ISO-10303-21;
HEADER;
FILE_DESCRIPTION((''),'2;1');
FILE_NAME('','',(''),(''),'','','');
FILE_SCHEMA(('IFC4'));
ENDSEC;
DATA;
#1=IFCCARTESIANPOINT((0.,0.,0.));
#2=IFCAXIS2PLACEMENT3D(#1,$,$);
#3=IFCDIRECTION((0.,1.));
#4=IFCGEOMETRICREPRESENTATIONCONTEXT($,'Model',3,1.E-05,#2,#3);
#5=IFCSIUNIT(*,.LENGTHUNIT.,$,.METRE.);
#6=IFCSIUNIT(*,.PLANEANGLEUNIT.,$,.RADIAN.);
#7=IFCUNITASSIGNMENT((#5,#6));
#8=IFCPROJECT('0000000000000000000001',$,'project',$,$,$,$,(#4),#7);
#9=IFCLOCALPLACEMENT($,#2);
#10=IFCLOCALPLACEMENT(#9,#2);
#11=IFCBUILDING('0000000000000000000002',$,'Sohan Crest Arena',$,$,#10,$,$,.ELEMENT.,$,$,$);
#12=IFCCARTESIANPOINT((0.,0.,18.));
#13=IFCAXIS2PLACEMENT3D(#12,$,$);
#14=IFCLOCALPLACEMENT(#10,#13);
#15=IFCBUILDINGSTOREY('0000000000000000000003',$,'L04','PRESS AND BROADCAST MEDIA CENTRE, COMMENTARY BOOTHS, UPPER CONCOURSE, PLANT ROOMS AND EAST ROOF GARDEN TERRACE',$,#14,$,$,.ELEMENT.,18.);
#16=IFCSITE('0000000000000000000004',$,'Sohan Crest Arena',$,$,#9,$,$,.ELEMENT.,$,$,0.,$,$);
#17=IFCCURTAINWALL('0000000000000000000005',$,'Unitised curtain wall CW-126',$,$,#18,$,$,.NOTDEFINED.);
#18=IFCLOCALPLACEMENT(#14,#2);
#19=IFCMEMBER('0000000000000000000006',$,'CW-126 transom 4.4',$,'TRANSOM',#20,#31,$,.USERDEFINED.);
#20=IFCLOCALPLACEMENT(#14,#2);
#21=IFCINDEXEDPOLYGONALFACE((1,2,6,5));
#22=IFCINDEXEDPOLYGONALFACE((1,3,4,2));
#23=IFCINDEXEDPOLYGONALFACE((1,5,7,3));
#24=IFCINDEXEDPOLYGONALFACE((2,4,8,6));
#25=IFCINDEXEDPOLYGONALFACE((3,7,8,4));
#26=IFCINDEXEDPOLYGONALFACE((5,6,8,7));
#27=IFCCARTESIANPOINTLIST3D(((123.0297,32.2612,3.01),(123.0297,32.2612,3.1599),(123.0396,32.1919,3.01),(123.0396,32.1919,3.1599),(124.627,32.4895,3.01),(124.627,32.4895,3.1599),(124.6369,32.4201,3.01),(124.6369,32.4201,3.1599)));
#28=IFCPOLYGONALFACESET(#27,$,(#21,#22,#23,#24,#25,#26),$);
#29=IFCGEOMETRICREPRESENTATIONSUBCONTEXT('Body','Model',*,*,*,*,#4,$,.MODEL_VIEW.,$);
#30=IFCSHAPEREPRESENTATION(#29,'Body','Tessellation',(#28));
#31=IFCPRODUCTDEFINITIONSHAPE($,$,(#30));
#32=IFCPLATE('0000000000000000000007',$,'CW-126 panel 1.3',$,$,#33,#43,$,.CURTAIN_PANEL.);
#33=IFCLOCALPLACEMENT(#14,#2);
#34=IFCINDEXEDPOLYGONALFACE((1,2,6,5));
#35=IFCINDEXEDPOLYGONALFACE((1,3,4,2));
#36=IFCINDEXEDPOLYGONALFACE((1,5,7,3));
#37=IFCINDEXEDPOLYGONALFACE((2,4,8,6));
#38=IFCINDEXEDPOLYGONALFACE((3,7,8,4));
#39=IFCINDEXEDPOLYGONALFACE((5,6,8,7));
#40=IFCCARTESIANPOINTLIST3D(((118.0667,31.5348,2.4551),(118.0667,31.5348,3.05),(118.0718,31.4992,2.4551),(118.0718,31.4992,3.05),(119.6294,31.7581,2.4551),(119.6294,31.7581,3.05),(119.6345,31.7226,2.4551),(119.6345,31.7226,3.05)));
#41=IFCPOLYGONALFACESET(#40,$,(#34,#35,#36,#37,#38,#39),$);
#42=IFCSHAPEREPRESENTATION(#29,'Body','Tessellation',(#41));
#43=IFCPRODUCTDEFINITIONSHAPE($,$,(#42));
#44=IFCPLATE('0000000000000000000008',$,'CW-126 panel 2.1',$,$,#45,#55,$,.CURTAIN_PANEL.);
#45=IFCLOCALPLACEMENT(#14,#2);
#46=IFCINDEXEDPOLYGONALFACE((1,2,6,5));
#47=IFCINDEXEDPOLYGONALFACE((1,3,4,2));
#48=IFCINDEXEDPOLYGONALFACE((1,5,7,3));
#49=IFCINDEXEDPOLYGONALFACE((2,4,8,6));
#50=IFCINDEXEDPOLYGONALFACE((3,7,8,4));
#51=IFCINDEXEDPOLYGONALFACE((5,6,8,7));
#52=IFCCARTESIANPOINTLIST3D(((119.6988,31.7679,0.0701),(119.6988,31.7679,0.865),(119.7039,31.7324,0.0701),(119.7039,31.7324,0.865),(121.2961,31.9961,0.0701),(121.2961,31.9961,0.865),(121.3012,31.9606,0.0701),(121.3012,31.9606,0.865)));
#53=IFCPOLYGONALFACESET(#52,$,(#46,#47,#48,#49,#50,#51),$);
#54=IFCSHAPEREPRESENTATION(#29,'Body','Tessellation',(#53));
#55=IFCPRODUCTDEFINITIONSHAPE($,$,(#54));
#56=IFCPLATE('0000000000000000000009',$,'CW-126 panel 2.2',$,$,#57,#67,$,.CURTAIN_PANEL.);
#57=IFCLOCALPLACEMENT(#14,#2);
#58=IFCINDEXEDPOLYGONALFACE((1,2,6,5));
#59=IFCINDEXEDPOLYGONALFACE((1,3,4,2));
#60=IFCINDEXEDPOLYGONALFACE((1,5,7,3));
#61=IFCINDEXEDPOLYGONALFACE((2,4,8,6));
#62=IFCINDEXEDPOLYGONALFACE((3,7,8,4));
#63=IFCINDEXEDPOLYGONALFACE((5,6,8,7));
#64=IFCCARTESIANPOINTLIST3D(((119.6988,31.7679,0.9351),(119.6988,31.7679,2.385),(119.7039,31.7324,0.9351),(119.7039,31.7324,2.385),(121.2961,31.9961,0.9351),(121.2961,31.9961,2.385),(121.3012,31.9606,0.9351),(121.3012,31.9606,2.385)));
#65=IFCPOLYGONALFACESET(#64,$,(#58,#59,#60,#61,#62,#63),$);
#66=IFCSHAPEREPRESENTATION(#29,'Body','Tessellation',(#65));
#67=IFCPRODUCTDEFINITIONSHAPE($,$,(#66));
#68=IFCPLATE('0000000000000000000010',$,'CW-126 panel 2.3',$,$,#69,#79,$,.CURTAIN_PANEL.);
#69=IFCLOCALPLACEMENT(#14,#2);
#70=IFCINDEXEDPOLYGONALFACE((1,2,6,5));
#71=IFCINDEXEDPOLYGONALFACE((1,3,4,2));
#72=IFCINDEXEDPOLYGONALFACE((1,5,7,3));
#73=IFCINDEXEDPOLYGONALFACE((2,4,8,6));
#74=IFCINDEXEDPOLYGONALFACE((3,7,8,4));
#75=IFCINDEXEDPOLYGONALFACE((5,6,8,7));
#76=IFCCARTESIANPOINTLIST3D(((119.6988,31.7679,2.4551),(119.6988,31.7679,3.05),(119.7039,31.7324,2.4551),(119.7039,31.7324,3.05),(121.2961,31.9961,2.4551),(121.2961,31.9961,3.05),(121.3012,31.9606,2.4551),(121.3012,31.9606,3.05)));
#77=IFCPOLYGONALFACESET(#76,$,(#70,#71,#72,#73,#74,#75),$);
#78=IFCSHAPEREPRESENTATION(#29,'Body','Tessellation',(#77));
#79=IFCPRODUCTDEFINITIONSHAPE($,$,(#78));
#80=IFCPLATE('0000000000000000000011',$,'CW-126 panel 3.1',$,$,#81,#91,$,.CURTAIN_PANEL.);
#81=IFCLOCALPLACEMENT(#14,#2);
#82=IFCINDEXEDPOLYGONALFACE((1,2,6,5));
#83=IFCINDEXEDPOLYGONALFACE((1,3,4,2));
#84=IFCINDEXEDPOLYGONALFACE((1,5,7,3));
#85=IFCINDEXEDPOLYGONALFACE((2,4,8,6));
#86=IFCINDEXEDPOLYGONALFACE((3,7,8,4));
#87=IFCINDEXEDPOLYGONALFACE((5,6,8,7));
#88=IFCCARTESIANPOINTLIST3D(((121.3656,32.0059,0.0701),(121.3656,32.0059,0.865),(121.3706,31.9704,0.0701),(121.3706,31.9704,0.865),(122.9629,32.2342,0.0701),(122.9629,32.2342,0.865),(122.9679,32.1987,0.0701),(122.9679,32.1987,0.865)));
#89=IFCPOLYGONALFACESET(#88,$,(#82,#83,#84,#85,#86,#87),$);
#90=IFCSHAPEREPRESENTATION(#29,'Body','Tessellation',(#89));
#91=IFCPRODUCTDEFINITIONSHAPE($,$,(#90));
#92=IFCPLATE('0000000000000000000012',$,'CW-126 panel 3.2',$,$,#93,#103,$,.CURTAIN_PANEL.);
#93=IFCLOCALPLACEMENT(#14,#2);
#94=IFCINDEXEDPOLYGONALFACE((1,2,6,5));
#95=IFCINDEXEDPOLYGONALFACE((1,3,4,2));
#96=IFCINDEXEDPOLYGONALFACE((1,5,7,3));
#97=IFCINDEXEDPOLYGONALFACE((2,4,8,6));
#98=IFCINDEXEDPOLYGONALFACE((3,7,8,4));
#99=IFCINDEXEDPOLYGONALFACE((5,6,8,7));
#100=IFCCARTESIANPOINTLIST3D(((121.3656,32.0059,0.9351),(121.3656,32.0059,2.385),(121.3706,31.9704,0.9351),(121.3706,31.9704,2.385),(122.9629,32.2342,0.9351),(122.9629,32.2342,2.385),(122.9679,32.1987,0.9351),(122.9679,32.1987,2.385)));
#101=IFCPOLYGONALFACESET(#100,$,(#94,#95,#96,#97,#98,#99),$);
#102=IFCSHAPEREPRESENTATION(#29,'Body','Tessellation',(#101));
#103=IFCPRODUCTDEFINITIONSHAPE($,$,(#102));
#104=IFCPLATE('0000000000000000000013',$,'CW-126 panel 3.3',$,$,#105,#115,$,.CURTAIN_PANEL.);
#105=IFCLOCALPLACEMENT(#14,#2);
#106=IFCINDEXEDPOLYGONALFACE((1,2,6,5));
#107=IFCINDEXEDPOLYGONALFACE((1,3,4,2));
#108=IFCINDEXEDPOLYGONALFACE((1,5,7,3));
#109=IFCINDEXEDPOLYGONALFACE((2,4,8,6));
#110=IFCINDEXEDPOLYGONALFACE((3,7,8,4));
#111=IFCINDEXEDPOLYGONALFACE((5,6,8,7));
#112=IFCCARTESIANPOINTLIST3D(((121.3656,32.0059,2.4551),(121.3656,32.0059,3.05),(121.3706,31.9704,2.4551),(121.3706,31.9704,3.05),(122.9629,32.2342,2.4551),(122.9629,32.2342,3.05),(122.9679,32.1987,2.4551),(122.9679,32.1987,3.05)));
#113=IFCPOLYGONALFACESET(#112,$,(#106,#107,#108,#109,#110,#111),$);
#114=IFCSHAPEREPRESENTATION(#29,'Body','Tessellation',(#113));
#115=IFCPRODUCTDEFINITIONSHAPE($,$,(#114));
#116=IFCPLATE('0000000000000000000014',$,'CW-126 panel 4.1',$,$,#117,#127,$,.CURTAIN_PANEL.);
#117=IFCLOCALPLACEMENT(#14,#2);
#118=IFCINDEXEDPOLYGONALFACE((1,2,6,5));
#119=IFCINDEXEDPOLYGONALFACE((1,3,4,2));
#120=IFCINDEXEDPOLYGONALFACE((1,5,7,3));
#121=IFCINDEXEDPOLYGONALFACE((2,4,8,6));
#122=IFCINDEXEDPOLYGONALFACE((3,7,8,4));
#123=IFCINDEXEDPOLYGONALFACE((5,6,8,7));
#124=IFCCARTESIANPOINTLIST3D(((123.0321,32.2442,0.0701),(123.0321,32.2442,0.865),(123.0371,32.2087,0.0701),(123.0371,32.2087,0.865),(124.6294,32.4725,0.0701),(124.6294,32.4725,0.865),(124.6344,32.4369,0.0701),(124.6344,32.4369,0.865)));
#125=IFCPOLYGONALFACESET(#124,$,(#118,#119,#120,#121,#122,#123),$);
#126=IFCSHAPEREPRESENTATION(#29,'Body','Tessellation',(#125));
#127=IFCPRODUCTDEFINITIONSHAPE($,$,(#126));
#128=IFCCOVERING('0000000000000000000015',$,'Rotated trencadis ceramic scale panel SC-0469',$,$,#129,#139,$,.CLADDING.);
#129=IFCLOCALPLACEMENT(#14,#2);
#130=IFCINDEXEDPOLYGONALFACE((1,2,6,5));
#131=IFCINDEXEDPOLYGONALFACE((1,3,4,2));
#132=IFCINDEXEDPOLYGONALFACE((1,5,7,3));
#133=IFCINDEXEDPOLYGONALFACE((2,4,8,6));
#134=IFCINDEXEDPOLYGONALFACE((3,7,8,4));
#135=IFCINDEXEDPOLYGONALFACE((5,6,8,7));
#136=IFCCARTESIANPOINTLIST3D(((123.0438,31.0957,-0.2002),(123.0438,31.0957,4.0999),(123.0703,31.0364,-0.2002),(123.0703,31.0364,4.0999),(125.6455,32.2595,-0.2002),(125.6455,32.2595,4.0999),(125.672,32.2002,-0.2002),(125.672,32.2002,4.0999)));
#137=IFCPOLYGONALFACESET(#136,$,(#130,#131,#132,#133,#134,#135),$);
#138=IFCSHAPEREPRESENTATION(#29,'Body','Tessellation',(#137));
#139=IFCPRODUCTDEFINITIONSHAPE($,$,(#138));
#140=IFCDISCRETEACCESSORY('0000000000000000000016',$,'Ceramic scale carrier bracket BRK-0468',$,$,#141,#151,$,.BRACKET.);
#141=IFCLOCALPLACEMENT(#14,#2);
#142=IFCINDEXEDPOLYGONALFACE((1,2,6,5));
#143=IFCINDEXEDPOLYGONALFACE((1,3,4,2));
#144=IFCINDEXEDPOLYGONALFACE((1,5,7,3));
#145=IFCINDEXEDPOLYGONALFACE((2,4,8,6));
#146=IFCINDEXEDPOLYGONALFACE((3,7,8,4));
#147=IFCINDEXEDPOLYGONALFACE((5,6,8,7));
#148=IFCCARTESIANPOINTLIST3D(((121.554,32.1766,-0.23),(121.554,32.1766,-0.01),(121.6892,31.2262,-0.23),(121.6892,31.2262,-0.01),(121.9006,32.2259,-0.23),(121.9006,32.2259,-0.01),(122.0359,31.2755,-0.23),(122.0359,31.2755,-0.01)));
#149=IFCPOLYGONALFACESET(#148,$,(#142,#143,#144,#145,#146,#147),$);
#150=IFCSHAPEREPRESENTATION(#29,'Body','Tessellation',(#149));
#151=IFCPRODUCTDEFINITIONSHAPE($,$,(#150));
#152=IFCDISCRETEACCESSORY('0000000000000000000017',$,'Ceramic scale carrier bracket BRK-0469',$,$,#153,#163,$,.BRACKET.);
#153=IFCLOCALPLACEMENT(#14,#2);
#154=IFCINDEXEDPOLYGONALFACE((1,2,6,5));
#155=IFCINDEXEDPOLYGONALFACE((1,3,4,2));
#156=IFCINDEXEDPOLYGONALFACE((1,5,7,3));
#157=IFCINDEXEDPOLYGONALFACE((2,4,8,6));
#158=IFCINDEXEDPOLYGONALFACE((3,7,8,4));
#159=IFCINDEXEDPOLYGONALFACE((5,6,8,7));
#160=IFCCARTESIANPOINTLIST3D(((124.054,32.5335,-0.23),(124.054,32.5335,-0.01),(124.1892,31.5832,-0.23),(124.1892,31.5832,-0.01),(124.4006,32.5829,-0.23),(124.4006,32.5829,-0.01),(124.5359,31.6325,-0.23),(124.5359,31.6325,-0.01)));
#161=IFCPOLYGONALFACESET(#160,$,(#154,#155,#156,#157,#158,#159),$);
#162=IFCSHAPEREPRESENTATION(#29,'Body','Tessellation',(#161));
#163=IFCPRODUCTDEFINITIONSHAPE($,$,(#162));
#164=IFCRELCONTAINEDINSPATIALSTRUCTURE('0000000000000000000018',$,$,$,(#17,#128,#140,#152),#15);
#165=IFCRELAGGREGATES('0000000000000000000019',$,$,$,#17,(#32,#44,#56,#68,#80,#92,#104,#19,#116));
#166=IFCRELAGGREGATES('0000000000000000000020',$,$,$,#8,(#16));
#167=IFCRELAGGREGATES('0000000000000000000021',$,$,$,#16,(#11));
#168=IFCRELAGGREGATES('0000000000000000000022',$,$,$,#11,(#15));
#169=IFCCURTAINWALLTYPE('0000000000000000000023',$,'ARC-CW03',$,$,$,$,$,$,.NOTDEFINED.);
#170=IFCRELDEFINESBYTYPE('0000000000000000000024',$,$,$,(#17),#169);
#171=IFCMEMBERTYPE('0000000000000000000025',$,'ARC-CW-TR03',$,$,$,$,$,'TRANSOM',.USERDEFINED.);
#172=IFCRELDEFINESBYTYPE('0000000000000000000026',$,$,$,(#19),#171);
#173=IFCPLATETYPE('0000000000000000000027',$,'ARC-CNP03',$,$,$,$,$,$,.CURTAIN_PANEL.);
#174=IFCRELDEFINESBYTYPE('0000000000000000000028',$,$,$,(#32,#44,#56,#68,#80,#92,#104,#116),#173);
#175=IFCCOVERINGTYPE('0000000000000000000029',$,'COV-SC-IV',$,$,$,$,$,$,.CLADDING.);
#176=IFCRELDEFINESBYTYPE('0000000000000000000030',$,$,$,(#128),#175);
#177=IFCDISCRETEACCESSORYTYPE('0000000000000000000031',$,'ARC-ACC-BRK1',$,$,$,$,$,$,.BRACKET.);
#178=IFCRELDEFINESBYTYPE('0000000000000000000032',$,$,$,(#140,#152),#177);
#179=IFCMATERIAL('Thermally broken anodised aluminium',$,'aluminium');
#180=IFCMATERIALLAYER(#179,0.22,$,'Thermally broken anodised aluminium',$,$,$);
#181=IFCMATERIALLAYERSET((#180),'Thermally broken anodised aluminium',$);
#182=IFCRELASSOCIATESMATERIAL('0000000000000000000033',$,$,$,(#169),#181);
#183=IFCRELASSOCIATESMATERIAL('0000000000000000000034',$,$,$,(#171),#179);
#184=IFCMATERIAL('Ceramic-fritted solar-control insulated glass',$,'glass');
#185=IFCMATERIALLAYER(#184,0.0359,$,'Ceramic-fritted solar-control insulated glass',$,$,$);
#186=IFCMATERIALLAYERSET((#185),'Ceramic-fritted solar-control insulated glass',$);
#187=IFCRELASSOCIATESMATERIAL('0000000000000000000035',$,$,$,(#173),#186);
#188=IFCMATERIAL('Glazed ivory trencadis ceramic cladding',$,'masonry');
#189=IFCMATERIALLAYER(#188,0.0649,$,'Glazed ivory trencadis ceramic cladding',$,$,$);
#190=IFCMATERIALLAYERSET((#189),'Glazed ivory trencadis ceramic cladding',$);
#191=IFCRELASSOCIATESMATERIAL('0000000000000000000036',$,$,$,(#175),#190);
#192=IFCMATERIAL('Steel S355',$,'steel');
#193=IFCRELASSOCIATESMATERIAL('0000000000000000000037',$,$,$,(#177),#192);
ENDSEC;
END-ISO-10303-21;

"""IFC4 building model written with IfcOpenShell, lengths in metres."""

from ifc_helpers import new_model, si_unit, direction, frame, origin, origin_2d, place, context, subcontext, project, spatial, rectangle, extrude, material, layer, layer_set, material_profile, profile_set, type_object, element, aggregate, save


model = new_model("IFC4")

# Units and contexts
model_context = context("Model", 3, precision=1e-05, world=origin(), true_north=direction((0.0, 1.0)))
body_context = subcontext(model_context, "Body", "Model", "MODEL_VIEW")
ifc_project = project(units=[si_unit("LENGTHUNIT", "METRE"), si_unit("PLANEANGLEUNIT", "RADIAN")], contexts=[model_context])

# Site, building, storey
site_placement = place(None, origin())
site = spatial("IfcSite", under=ifc_project, at=site_placement, Name="Sohan Crest Arena", CompositionType="ELEMENT", RefElevation=0.0)
building_placement = place(site_placement, origin())
building = spatial("IfcBuilding", under=site, at=building_placement, Name="Sohan Crest Arena", CompositionType="ELEMENT")
storey_placement = place(building_placement, frame((0.0, 0.0, 18.0)))
storey = spatial("IfcBuildingStorey", under=building, at=storey_placement, Name="L04", Description="PRESS AND BROADCAST MEDIA CENTRE, COMMENTARY BOOTHS, UPPER CONCOURSE, PLANT ROOMS AND EAST ROOF GARDEN TERRACE", CompositionType="ELEMENT", Elevation=18.0)

# Curtain wall, member, plates
ifc_material_1 = material(Name="Thermally broken anodised aluminium", Category="aluminium")
ifc_layer_1 = layer(ifc_material_1, 0.22, Name="Thermally broken anodised aluminium")
ifc_layer_set_1 = layer_set([ifc_layer_1], Name="Thermally broken anodised aluminium")
curtain_wall_type = type_object("IfcCurtainWallType", Name="ARC-CW03", PredefinedType="NOTDEFINED", material=ifc_layer_set_1)
curtain_wall_placement = place(storey_placement, origin())
curtain_wall = element("IfcCurtainWall", 1, at=curtain_wall_placement, inside=storey, type_object=curtain_wall_type, Name="Unitised curtain wall CW-126", PredefinedType="NOTDEFINED")
ifc_material_profile_1 = material_profile(ifc_material_1, rectangle(XDim=0.0701, YDim=0.1499, at=origin_2d()), Name="ALU-TRAN 70x150")
ifc_profile_set_1 = profile_set([ifc_material_profile_1], Name="Thermally broken anodised aluminium")
member_type_1 = type_object("IfcMemberType", Name="ARC-CW-TR03", ElementType="TRANSOM", PredefinedType="USERDEFINED", material=ifc_profile_set_1)
member_1_placement = place(storey_placement, frame((123.0347, 32.2266, 3.085), z_axis=(0.989943, 0.141464, 0.0), x_axis=(-0.141464, 0.989943, 0.0)))
member_1 = element("IfcMember", 2, at=member_1_placement, type_object=member_type_1, Name="CW-126 transom 4.4", ObjectType="TRANSOM", PredefinedType="USERDEFINED", context=body_context, shape_type="SweptSolid", body=[
    extrude(rectangle(XDim=0.0701, YDim=0.1499, at=origin_2d()), origin(), (0.0, 0.0, 1.0), 1.6135),
])
ifc_material_2 = material(Name="Ceramic-fritted solar-control insulated glass", Category="glass")
ifc_layer_2 = layer(ifc_material_2, 0.0359, Name="Ceramic-fritted solar-control insulated glass")
ifc_layer_set_2 = layer_set([ifc_layer_2], Name="Ceramic-fritted solar-control insulated glass")
plate_type = type_object("IfcPlateType", Name="ARC-CNP03", PredefinedType="CURTAIN_PANEL", material=ifc_layer_set_2)
plate_1_placement = place(storey_placement, frame((118.8506, 31.6287, 2.4551), z_axis=(0.0, 0.0, 1.0), x_axis=(0.989944, 0.141463, 0.0)))
plate_1 = element("IfcPlate", 3, at=plate_1_placement, type_object=plate_type, Name="CW-126 panel 1.3", PredefinedType="CURTAIN_PANEL", context=body_context, shape_type="SweptSolid", body=[
    extrude(rectangle(XDim=1.5786, YDim=0.0359, at=origin_2d()), origin(), (0.0, 0.0, 1.0), 0.595),
])
plate_2_placement = place(storey_placement, frame((120.5, 31.8643, 0.0701), z_axis=(0.0, 0.0, 1.0), x_axis=(0.989944, 0.141463, 0.0)))
plate_2 = element("IfcPlate", 4, at=plate_2_placement, type_object=plate_type, Name="CW-126 panel 2.1", PredefinedType="CURTAIN_PANEL", context=body_context, shape_type="SweptSolid", body=[
    extrude(rectangle(XDim=1.6135, YDim=0.0359, at=origin_2d()), origin(), (0.0, 0.0, 1.0), 0.7949),
])
plate_3_placement = place(storey_placement, frame((120.5, 31.8643, 0.9351), z_axis=(0.0, 0.0, 1.0), x_axis=(0.989944, 0.141463, 0.0)))
plate_3 = element("IfcPlate", 5, at=plate_3_placement, type_object=plate_type, Name="CW-126 panel 2.2", PredefinedType="CURTAIN_PANEL", context=body_context, shape_type="SweptSolid", body=[
    extrude(rectangle(XDim=1.6135, YDim=0.0359, at=origin_2d()), origin(), (0.0, 0.0, 1.0), 1.45),
])
plate_4_placement = place(storey_placement, frame((120.5, 31.8643, 2.4551), z_axis=(0.0, 0.0, 1.0), x_axis=(0.989944, 0.141463, 0.0)))
plate_4 = element("IfcPlate", 6, at=plate_4_placement, type_object=plate_type, Name="CW-126 panel 2.3", PredefinedType="CURTAIN_PANEL", context=body_context, shape_type="SweptSolid", body=[
    extrude(rectangle(XDim=1.6135, YDim=0.0359, at=origin_2d()), origin(), (0.0, 0.0, 1.0), 0.595),
])
plate_5_placement = place(storey_placement, frame((122.1667, 32.1023, 0.0701), z_axis=(0.0, 0.0, 1.0), x_axis=(0.989944, 0.141463, 0.0)))
plate_5 = element("IfcPlate", 7, at=plate_5_placement, type_object=plate_type, Name="CW-126 panel 3.1", PredefinedType="CURTAIN_PANEL", context=body_context, shape_type="SweptSolid", body=[
    extrude(rectangle(XDim=1.6135, YDim=0.0359, at=origin_2d()), origin(), (0.0, 0.0, 1.0), 0.7949),
])
plate_6_placement = place(storey_placement, frame((122.1667, 32.1023, 0.9351), z_axis=(0.0, 0.0, 1.0), x_axis=(0.989944, 0.141463, 0.0)))
plate_6 = element("IfcPlate", 8, at=plate_6_placement, type_object=plate_type, Name="CW-126 panel 3.2", PredefinedType="CURTAIN_PANEL", context=body_context, shape_type="SweptSolid", body=[
    extrude(rectangle(XDim=1.6135, YDim=0.0359, at=origin_2d()), origin(), (0.0, 0.0, 1.0), 1.45),
])
plate_7_placement = place(storey_placement, frame((122.1667, 32.1023, 2.4551), z_axis=(0.0, 0.0, 1.0), x_axis=(0.989944, 0.141463, 0.0)))
plate_7 = element("IfcPlate", 9, at=plate_7_placement, type_object=plate_type, Name="CW-126 panel 3.3", PredefinedType="CURTAIN_PANEL", context=body_context, shape_type="SweptSolid", body=[
    extrude(rectangle(XDim=1.6135, YDim=0.0359, at=origin_2d()), origin(), (0.0, 0.0, 1.0), 0.595),
])
plate_8_placement = place(storey_placement, frame((123.8333, 32.3406, 0.0701), z_axis=(0.0, 0.0, 1.0), x_axis=(0.989944, 0.141463, 0.0)))
plate_8 = element("IfcPlate", 10, at=plate_8_placement, type_object=plate_type, Name="CW-126 panel 4.1", PredefinedType="CURTAIN_PANEL", context=body_context, shape_type="SweptSolid", body=[
    extrude(rectangle(XDim=1.6135, YDim=0.0359, at=origin_2d()), origin(), (0.0, 0.0, 1.0), 0.7949),
])
aggregate(curtain_wall, [plate_1, plate_2, plate_3, plate_4, plate_5, plate_6, plate_7, member_1, plate_8])

# Covering
ifc_material_3 = material(Name="Glazed ivory trencadis ceramic cladding", Category="masonry")
ifc_layer_3 = layer(ifc_material_3, 0.0649, Name="Glazed ivory trencadis ceramic cladding")
ifc_layer_set_3 = layer_set([ifc_layer_3], Name="Glazed ivory trencadis ceramic cladding")
covering_type = type_object("IfcCoveringType", Name="COV-SC-IV", PredefinedType="CLADDING", material=ifc_layer_set_3)
covering_placement = place(storey_placement, frame((124.3579, 31.6479, -0.2002), z_axis=(0.0, 0.0, 1.0), x_axis=(0.912834, 0.40833, 0.0)))
element("IfcCovering", 11, at=covering_placement, inside=storey, type_object=covering_type, Name="Rotated trencadis ceramic scale panel SC-0469", PredefinedType="CLADDING", context=body_context, shape_type="SweptSolid", body=[
    extrude(rectangle(XDim=2.8501, YDim=0.0649, at=origin_2d()), origin(), (0.0, 0.0, 1.0), 4.3),
])

# Discrete accessories
ifc_material_4 = material(Name="Steel S355", Category="steel")
discrete_accessory_type = type_object("IfcDiscreteAccessoryType", Name="ARC-ACC-BRK1", PredefinedType="BRACKET", material=ifc_material_4)
for number, where, z_axis, x_axis, name in (
    (12, (121.7949, 31.7261, -0.23), (0.0, 0.0, 1.0), (0.990024, 0.140901, 0.0), "Ceramic scale carrier bracket BRK-0468"),
    (13, (124.2949, 32.083, -0.23), (0.0, 0.0, 1.0), (0.990024, 0.140901, 0.0), "Ceramic scale carrier bracket BRK-0469"),
):
    element("IfcDiscreteAccessory", number, at=place(storey_placement, frame(where, z_axis=z_axis, x_axis=x_axis)), inside=storey, type_object=discrete_accessory_type, Name=name, PredefinedType="BRACKET", context=body_context, shape_type="SweptSolid", body=[
        extrude(rectangle(XDim=0.3501, YDim=0.96, at=origin_2d()), origin(), (0.0, 0.0, 1.0), 0.22),
    ])

save(model, "model.ifc")
